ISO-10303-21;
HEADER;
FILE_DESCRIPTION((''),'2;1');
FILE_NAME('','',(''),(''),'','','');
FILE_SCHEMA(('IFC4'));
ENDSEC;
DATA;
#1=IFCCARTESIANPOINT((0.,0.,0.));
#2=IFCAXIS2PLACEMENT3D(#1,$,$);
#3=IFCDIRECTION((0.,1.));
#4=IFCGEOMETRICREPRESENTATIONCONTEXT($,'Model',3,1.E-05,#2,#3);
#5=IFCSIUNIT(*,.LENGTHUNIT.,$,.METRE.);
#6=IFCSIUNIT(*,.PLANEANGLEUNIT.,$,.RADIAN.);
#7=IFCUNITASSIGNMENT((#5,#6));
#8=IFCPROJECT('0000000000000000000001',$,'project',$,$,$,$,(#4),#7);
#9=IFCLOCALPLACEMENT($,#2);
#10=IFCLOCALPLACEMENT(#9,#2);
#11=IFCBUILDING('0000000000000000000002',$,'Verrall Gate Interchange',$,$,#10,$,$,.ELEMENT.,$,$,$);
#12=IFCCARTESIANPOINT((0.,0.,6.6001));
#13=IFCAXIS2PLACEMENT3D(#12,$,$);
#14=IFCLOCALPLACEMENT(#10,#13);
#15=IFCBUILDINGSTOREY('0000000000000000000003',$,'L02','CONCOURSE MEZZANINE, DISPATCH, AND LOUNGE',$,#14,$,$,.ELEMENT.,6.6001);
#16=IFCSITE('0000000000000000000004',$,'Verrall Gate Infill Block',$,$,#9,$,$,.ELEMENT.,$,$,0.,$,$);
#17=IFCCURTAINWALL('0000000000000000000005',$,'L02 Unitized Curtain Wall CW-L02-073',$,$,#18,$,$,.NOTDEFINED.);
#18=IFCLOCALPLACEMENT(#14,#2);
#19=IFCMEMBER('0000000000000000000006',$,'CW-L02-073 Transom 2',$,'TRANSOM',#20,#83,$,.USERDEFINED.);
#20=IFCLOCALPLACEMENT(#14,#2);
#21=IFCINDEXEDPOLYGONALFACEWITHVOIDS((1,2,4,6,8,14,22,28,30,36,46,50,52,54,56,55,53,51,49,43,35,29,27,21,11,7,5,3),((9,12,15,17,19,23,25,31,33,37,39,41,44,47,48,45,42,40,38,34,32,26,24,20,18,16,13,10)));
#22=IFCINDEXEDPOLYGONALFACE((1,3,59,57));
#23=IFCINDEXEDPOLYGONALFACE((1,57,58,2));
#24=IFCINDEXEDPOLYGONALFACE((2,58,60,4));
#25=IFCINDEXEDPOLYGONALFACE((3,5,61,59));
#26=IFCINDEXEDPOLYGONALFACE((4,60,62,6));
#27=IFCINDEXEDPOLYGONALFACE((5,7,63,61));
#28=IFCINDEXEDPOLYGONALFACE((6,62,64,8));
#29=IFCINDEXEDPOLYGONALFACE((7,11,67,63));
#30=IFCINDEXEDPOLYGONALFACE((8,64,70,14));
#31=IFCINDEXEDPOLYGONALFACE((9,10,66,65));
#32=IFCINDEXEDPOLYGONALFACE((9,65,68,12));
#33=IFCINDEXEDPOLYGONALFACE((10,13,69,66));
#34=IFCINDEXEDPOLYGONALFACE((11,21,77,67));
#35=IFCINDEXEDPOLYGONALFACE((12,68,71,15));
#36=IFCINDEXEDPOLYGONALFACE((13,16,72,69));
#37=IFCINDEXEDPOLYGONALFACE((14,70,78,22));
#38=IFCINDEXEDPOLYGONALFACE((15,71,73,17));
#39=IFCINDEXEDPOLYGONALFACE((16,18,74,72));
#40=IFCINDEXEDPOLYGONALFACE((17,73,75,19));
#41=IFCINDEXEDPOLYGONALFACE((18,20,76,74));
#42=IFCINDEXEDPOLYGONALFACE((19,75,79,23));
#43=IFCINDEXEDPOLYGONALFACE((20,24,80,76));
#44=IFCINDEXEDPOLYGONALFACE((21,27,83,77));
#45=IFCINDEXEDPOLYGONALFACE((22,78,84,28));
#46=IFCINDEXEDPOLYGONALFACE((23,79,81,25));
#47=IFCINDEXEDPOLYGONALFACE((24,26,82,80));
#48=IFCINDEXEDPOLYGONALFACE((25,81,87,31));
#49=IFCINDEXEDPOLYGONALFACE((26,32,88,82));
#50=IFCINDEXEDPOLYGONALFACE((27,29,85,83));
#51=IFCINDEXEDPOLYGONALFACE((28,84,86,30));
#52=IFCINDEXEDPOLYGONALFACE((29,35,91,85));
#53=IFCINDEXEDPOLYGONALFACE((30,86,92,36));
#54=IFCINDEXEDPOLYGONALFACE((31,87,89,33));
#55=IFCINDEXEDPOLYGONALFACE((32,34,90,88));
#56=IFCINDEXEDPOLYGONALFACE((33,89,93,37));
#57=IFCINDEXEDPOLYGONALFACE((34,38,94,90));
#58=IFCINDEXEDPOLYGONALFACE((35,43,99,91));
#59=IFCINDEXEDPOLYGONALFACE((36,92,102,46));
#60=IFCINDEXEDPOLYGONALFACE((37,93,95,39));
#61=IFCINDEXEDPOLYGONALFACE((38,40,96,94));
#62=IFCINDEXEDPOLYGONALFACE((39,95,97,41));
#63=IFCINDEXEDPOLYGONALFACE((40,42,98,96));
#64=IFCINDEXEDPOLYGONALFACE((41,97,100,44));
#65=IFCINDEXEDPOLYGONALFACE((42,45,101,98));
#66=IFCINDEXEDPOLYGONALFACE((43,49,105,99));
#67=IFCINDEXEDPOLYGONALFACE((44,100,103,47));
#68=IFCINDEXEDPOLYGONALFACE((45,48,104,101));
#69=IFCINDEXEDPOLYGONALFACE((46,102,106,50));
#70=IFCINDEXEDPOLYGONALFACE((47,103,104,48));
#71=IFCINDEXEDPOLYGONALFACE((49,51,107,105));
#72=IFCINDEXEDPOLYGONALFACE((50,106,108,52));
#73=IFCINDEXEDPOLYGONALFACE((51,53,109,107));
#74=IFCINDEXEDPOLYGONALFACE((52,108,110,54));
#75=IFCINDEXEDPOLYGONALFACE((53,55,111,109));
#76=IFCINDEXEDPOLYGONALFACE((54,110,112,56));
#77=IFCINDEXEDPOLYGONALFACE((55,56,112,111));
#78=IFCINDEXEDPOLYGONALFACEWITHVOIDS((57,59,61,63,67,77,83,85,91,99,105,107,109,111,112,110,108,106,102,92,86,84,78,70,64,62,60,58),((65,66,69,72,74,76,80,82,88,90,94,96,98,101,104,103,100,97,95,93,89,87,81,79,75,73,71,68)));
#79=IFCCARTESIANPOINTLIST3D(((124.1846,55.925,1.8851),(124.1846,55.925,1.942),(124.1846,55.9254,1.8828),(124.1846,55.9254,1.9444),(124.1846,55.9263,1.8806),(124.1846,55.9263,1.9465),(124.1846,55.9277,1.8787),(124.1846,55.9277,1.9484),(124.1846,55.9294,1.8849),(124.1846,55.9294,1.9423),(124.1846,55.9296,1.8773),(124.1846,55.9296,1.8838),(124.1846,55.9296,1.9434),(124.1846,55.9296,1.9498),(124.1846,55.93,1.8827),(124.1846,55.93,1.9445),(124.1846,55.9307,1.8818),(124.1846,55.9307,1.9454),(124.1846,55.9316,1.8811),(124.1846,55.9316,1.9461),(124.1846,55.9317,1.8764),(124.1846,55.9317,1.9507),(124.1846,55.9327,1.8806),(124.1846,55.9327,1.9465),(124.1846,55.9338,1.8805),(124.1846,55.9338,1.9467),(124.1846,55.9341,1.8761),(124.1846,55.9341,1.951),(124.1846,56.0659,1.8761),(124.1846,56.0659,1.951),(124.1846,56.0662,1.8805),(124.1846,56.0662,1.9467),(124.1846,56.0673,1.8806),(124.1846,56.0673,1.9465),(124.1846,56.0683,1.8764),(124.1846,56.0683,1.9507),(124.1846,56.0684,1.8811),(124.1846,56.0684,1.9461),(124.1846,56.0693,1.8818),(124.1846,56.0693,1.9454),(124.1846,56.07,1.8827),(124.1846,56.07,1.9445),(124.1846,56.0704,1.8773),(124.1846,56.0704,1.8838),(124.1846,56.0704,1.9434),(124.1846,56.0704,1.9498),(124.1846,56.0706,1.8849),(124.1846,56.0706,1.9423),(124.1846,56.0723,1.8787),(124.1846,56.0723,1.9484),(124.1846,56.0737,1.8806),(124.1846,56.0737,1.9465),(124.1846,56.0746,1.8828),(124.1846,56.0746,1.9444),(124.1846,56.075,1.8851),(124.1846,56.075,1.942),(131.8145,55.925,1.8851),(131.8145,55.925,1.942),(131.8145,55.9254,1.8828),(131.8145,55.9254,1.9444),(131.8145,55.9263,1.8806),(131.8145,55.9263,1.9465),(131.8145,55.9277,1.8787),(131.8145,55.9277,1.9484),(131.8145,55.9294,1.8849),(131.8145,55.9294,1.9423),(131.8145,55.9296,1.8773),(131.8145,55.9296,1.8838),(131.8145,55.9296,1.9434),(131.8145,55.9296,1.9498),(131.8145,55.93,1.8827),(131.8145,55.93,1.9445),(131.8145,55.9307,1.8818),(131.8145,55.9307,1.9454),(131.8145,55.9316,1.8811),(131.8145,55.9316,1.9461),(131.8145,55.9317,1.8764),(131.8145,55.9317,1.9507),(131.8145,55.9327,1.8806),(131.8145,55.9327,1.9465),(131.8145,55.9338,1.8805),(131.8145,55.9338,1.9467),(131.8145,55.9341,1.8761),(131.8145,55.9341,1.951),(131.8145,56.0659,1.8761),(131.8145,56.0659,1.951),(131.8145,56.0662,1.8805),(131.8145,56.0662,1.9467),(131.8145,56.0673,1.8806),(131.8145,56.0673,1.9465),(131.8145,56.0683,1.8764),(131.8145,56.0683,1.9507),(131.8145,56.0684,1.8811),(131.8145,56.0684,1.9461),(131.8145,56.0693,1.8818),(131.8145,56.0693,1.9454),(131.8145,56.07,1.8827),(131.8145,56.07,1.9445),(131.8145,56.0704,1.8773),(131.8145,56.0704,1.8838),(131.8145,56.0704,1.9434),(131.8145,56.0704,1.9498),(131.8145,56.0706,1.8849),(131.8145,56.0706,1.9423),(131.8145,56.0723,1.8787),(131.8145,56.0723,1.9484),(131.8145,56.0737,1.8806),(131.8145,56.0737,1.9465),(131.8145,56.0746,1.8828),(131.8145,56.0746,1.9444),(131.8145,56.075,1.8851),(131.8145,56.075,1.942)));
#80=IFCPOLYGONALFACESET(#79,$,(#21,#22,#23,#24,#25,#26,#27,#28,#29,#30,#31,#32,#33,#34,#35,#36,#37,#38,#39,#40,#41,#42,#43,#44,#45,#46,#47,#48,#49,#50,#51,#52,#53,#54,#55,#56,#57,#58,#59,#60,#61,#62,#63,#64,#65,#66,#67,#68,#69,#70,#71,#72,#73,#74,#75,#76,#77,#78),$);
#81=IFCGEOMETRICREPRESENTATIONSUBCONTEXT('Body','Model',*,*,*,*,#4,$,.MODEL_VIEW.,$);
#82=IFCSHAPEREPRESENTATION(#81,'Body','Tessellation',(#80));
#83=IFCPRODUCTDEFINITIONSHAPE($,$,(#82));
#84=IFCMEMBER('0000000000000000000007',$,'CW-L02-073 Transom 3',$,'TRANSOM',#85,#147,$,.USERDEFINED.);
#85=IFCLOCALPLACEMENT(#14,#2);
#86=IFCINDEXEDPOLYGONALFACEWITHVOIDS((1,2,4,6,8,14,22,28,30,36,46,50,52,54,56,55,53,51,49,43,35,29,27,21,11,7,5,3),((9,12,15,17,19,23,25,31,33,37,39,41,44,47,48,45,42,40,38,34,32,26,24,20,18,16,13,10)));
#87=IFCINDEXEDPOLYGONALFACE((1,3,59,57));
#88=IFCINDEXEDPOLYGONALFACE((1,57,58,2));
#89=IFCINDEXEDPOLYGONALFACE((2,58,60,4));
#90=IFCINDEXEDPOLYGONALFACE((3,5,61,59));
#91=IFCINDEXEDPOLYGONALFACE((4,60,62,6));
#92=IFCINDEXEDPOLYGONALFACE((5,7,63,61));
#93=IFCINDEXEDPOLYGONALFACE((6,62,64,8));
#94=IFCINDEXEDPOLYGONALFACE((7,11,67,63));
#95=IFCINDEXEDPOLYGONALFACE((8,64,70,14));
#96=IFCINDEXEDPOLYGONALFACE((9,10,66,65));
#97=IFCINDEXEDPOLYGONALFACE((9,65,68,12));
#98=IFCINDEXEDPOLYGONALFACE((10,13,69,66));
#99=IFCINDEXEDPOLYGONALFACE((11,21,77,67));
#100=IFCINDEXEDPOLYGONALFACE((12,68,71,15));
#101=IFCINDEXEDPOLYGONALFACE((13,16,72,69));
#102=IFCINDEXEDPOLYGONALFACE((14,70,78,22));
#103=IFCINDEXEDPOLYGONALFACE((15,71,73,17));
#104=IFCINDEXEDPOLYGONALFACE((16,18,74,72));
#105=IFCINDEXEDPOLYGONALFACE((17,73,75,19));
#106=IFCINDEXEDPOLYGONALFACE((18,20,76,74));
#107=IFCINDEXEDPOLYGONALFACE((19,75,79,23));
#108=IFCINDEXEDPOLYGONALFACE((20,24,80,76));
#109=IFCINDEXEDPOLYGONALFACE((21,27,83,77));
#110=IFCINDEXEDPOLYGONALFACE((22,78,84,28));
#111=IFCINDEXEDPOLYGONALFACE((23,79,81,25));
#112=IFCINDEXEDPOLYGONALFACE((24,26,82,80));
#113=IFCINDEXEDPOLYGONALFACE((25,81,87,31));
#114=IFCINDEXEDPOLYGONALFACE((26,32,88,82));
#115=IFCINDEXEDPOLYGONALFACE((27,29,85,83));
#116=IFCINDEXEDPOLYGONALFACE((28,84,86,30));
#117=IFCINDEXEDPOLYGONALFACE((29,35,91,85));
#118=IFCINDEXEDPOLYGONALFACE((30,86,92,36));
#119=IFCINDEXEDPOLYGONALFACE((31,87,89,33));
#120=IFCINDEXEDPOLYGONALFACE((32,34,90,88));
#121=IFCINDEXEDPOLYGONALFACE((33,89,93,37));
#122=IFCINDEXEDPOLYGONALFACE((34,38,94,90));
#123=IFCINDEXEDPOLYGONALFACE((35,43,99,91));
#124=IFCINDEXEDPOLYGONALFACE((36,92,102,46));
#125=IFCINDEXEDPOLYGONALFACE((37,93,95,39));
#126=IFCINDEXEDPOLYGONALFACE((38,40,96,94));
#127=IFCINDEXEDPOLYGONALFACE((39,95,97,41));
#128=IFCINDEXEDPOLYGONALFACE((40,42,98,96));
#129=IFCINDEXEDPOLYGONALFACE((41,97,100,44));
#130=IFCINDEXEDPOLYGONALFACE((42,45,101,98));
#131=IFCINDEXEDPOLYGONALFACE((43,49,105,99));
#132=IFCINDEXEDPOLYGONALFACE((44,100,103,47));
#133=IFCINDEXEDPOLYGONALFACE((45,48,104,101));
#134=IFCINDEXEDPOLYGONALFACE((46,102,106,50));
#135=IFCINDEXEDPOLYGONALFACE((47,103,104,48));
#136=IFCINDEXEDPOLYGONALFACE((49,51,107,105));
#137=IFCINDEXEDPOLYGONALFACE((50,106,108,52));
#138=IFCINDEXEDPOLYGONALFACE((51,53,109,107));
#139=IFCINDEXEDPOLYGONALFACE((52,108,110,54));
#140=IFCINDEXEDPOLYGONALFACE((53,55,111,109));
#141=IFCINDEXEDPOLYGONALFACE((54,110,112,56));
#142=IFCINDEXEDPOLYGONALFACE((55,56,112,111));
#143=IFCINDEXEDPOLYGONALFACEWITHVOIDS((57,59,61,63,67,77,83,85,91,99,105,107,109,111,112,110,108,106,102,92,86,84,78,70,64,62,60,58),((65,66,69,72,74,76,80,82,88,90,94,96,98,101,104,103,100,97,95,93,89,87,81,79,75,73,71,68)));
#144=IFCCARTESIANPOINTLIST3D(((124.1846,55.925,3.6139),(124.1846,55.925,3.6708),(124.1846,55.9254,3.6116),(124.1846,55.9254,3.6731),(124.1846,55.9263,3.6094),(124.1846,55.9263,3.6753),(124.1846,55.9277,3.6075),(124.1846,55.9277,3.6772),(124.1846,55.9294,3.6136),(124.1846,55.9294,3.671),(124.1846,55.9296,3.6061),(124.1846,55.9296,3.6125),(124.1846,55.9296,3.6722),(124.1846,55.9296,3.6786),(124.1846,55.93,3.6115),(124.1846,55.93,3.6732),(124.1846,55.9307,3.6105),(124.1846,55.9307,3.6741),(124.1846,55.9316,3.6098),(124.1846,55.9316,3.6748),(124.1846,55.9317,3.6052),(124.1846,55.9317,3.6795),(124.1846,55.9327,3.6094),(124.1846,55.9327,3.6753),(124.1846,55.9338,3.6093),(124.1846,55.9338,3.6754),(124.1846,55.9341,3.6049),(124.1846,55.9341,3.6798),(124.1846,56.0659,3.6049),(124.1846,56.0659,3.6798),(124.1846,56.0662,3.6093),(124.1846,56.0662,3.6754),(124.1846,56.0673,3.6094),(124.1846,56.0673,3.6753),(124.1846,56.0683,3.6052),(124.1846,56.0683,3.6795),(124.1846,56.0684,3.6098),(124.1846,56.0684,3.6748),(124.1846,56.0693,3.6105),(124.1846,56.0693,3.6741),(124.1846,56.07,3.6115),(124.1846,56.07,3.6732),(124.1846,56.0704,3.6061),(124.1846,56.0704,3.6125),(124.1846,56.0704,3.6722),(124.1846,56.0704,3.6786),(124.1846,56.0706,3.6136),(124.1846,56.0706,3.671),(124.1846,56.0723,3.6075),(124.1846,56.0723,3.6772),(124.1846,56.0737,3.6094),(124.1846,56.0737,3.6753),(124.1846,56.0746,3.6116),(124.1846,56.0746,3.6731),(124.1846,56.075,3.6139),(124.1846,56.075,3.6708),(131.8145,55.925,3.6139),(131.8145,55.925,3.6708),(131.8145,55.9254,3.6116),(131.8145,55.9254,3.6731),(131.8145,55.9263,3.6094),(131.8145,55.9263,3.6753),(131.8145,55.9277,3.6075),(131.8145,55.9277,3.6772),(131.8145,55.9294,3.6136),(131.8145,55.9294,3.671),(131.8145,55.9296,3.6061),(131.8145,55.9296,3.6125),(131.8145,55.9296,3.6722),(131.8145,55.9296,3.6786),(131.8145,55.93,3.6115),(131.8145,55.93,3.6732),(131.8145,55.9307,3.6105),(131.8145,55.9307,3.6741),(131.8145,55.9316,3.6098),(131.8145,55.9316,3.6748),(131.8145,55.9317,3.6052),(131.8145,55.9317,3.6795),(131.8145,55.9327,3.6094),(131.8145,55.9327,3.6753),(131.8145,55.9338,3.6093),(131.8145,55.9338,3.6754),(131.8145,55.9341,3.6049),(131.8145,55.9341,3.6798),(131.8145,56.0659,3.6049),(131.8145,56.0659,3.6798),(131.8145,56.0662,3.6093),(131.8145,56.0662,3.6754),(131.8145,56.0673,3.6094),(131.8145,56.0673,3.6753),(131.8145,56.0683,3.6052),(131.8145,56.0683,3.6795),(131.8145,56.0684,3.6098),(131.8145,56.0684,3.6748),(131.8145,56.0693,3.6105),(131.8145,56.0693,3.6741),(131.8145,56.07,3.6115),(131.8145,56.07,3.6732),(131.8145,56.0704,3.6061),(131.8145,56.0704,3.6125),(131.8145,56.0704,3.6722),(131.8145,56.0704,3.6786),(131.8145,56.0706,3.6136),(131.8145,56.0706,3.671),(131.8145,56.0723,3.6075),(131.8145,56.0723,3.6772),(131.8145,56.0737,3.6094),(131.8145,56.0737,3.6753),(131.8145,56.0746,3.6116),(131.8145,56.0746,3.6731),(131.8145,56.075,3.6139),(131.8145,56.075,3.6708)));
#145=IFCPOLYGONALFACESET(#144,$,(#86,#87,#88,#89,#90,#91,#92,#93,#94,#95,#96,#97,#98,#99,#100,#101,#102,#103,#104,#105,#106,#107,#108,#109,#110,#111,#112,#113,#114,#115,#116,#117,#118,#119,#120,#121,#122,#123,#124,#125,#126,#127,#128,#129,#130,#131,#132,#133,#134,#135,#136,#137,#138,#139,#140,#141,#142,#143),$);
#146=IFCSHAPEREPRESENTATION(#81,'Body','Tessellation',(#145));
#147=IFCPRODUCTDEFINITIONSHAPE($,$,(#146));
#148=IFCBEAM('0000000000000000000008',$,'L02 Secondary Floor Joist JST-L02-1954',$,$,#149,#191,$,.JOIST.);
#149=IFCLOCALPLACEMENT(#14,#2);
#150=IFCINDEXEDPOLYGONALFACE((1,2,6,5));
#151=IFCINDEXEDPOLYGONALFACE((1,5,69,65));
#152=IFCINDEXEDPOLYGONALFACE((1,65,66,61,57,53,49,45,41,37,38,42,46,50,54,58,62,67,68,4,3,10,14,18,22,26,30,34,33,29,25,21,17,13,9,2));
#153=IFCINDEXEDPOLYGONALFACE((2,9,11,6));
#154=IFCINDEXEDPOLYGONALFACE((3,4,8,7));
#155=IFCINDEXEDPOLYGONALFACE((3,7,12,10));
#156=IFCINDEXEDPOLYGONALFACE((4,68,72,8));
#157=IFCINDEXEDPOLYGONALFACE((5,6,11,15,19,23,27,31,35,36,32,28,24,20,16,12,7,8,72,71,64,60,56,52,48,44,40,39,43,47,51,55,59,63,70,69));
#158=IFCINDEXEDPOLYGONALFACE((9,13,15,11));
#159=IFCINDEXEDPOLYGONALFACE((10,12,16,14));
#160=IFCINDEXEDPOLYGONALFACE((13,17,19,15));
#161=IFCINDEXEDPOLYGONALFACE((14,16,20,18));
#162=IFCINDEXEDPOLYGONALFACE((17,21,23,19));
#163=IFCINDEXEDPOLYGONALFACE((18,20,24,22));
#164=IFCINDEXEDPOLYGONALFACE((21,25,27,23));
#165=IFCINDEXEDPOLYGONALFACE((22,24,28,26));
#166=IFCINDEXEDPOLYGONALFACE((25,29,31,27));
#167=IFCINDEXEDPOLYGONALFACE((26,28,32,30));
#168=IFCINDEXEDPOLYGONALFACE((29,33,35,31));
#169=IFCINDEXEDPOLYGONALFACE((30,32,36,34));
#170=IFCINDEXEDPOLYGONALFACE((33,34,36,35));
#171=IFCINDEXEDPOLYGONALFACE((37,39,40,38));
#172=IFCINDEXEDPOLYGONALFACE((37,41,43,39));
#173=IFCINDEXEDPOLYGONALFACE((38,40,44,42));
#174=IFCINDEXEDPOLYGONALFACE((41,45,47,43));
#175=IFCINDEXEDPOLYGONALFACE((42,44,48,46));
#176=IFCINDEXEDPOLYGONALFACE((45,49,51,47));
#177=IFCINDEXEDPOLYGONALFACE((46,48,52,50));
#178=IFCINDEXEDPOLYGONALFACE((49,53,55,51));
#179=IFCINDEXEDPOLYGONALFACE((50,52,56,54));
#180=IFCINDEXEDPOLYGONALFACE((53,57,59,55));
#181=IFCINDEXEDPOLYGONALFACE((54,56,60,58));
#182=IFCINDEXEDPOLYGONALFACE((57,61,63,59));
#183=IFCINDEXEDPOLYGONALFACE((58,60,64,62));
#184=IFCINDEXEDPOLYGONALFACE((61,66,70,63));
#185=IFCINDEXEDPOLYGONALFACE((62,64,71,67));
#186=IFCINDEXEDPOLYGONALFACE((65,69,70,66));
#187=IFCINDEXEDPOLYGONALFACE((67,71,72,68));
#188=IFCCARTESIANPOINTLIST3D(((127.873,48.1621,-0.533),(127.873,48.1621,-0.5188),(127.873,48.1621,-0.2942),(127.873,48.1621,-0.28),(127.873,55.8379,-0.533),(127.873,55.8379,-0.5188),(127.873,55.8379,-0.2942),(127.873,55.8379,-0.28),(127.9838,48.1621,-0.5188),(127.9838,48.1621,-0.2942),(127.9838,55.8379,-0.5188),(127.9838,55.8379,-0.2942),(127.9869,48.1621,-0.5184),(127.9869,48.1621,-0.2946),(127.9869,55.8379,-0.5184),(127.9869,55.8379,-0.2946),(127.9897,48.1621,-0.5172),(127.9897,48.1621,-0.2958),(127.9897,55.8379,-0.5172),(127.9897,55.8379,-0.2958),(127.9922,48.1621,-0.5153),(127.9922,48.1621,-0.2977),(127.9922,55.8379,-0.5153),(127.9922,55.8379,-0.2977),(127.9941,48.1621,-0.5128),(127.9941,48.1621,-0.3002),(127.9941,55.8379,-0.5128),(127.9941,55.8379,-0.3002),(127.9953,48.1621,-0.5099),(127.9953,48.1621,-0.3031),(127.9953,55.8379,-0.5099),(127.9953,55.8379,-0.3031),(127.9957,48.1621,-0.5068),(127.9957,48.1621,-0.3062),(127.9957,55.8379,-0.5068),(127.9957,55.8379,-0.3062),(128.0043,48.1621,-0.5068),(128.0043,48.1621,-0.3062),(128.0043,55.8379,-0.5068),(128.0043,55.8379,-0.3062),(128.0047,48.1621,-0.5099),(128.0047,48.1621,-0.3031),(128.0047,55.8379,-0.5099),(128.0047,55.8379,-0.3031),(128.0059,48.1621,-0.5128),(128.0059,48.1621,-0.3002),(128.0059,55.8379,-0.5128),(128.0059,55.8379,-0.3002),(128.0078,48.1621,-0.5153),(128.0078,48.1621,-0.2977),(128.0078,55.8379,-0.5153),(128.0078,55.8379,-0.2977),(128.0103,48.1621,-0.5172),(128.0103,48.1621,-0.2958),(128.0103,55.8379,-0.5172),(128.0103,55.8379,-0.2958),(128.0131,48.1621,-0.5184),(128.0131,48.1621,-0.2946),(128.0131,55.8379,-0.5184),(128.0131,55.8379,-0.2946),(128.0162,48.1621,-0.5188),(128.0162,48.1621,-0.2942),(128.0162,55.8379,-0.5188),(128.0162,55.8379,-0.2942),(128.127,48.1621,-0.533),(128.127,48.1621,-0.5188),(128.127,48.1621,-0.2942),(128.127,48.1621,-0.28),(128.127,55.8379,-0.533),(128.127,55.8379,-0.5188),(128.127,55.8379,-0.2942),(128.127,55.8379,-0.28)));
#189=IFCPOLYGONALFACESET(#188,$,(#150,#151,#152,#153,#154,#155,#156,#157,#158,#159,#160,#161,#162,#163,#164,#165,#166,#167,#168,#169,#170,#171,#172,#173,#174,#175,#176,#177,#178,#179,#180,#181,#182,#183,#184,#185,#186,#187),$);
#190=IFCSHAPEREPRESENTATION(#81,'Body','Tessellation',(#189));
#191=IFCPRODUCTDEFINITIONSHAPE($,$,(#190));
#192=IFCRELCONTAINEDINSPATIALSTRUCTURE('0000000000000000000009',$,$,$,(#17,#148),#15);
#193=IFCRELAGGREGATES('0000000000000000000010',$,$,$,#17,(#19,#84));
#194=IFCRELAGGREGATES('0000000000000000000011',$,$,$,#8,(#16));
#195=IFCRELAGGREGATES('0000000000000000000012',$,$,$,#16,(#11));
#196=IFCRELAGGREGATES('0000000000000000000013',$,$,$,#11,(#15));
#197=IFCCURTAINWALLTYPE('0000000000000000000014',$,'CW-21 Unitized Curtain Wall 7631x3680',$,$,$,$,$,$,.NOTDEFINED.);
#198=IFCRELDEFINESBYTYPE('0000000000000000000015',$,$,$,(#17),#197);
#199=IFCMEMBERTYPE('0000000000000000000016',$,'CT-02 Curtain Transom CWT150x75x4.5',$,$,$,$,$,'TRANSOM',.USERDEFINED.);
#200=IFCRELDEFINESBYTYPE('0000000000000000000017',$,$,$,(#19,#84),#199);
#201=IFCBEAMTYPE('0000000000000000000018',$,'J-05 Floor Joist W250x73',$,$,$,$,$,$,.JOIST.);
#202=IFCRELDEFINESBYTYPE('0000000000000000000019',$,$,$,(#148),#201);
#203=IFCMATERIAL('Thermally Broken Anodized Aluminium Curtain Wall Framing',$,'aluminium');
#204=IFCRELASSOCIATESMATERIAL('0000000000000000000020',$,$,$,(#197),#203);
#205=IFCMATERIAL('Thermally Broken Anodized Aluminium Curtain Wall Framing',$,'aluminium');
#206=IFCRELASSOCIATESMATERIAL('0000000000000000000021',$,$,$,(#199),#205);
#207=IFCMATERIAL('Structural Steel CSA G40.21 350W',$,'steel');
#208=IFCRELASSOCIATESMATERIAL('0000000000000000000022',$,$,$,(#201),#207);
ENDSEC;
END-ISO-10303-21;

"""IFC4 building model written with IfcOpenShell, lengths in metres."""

from ifc_helpers import new_model, si_unit, direction, frame, origin, origin_2d, place, context, subcontext, project, spatial, hollow_rectangle, i_section, extrude, material, material_profile, profile_set, type_object, element, aggregate, save


model = new_model("IFC4")

# Units and contexts
model_context = context("Model", 3, precision=1e-05, world=origin(), true_north=direction((0.0, 1.0)))
body_context = subcontext(model_context, "Body", "Model", "MODEL_VIEW")
ifc_project = project(units=[si_unit("LENGTHUNIT", "METRE"), si_unit("PLANEANGLEUNIT", "RADIAN")], contexts=[model_context])

# Site, building, storey
site_placement = place(None, origin())
site = spatial("IfcSite", under=ifc_project, at=site_placement, Name="Verrall Gate Infill Block", CompositionType="ELEMENT", RefElevation=0.0)
building_placement = place(site_placement, origin())
building = spatial("IfcBuilding", under=site, at=building_placement, Name="Verrall Gate Interchange", CompositionType="ELEMENT")
storey_placement = place(building_placement, frame((0.0, 0.0, 6.6001)))
storey = spatial("IfcBuildingStorey", under=building, at=storey_placement, Name="L02", Description="CONCOURSE MEZZANINE, DISPATCH, AND LOUNGE", CompositionType="ELEMENT", Elevation=6.6001)

# Curtain wall, members
ifc_material_1 = material(Name="Thermally Broken Anodized Aluminium Curtain Wall Framing", Category="aluminium")
curtain_wall_type = type_object("IfcCurtainWallType", Name="CW-21 Unitized Curtain Wall 7631x3680", PredefinedType="NOTDEFINED", material=ifc_material_1)
curtain_wall_1_placement = place(storey_placement, origin())
curtain_wall_1 = element("IfcCurtainWall", 1, at=curtain_wall_1_placement, inside=storey, type_object=curtain_wall_type, Name="L02 Unitized Curtain Wall CW-L02-073", PredefinedType="NOTDEFINED")
ifc_material_2 = material(Name="Thermally Broken Anodized Aluminium Curtain Wall Framing", Category="aluminium")
ifc_material_profile_1 = material_profile(ifc_material_2, hollow_rectangle(XDim=0.1499, YDim=0.075, WallThickness=0.0044, InnerFilletRadius=0.0044, OuterFilletRadius=0.009, at=origin_2d()), Name="CWT150x75x4.5")
ifc_profile_set_1 = profile_set([ifc_material_profile_1], Name="Thermally Broken Anodized Aluminium Curtain Wall Framing")
member_type_1 = type_object("IfcMemberType", Name="CT-02 Curtain Transom CWT150x75x4.5", ElementType="TRANSOM", PredefinedType="USERDEFINED", material=ifc_profile_set_1)
member_1_placement = place(storey_placement, frame((131.8145, 56.0, 1.9136), z_axis=(-1.0, 0.0, 0.0), x_axis=(0.0, -1.0, 0.0)))
member_1 = element("IfcMember", 2, at=member_1_placement, type_object=member_type_1, Name="CW-L02-073 Transom 2", ObjectType="TRANSOM", PredefinedType="USERDEFINED", context=body_context, shape_type="SweptSolid", body=[
    extrude(hollow_rectangle(XDim=0.1499, YDim=0.075, WallThickness=0.0044, InnerFilletRadius=0.0044, OuterFilletRadius=0.009, at=origin_2d()), origin(), (0.0, 0.0, 1.0), 7.6299),
])
member_2_placement = place(storey_placement, frame((131.8145, 56.0, 3.6423), z_axis=(-1.0, 0.0, 0.0), x_axis=(0.0, -1.0, 0.0)))
member_2 = element("IfcMember", 3, at=member_2_placement, type_object=member_type_1, Name="CW-L02-073 Transom 3", ObjectType="TRANSOM", PredefinedType="USERDEFINED", context=body_context, shape_type="SweptSolid", body=[
    extrude(hollow_rectangle(XDim=0.1499, YDim=0.075, WallThickness=0.0044, InnerFilletRadius=0.0044, OuterFilletRadius=0.009, at=origin_2d()), origin(), (0.0, 0.0, 1.0), 7.6299),
])

# Beam
ifc_material_3 = material(Name="Structural Steel CSA G40.21 350W", Category="steel")
ifc_material_profile_2 = material_profile(ifc_material_3, i_section(OverallWidth=0.2539, OverallDepth=0.2529, WebThickness=0.0085, FlangeThickness=0.0142, FilletRadius=0.012, at=origin_2d()), Name="W250x73")
ifc_profile_set_2 = profile_set([ifc_material_profile_2], Name="Structural Steel CSA G40.21 350W")
beam_type_1 = type_object("IfcBeamType", Name="J-05 Floor Joist W250x73", PredefinedType="JOIST", material=ifc_profile_set_2)
beam_1_placement = place(storey_placement, frame((128.0, 48.1621, -0.4065), z_axis=(0.0, 1.0, 0.0), x_axis=(-1.0, 0.0, 0.0)))
element("IfcBeam", 4, at=beam_1_placement, inside=storey, type_object=beam_type_1, Name="L02 Secondary Floor Joist JST-L02-1954", PredefinedType="JOIST", context=body_context, shape_type="SweptSolid", body=[
    extrude(i_section(OverallWidth=0.2539, OverallDepth=0.2529, WebThickness=0.0085, FlangeThickness=0.0142, FilletRadius=0.012, at=origin_2d()), origin(), (0.0, 0.0, 1.0), 7.6758),
])

aggregate(curtain_wall_1, [member_1, member_2])

save(model, "model.ifc")
